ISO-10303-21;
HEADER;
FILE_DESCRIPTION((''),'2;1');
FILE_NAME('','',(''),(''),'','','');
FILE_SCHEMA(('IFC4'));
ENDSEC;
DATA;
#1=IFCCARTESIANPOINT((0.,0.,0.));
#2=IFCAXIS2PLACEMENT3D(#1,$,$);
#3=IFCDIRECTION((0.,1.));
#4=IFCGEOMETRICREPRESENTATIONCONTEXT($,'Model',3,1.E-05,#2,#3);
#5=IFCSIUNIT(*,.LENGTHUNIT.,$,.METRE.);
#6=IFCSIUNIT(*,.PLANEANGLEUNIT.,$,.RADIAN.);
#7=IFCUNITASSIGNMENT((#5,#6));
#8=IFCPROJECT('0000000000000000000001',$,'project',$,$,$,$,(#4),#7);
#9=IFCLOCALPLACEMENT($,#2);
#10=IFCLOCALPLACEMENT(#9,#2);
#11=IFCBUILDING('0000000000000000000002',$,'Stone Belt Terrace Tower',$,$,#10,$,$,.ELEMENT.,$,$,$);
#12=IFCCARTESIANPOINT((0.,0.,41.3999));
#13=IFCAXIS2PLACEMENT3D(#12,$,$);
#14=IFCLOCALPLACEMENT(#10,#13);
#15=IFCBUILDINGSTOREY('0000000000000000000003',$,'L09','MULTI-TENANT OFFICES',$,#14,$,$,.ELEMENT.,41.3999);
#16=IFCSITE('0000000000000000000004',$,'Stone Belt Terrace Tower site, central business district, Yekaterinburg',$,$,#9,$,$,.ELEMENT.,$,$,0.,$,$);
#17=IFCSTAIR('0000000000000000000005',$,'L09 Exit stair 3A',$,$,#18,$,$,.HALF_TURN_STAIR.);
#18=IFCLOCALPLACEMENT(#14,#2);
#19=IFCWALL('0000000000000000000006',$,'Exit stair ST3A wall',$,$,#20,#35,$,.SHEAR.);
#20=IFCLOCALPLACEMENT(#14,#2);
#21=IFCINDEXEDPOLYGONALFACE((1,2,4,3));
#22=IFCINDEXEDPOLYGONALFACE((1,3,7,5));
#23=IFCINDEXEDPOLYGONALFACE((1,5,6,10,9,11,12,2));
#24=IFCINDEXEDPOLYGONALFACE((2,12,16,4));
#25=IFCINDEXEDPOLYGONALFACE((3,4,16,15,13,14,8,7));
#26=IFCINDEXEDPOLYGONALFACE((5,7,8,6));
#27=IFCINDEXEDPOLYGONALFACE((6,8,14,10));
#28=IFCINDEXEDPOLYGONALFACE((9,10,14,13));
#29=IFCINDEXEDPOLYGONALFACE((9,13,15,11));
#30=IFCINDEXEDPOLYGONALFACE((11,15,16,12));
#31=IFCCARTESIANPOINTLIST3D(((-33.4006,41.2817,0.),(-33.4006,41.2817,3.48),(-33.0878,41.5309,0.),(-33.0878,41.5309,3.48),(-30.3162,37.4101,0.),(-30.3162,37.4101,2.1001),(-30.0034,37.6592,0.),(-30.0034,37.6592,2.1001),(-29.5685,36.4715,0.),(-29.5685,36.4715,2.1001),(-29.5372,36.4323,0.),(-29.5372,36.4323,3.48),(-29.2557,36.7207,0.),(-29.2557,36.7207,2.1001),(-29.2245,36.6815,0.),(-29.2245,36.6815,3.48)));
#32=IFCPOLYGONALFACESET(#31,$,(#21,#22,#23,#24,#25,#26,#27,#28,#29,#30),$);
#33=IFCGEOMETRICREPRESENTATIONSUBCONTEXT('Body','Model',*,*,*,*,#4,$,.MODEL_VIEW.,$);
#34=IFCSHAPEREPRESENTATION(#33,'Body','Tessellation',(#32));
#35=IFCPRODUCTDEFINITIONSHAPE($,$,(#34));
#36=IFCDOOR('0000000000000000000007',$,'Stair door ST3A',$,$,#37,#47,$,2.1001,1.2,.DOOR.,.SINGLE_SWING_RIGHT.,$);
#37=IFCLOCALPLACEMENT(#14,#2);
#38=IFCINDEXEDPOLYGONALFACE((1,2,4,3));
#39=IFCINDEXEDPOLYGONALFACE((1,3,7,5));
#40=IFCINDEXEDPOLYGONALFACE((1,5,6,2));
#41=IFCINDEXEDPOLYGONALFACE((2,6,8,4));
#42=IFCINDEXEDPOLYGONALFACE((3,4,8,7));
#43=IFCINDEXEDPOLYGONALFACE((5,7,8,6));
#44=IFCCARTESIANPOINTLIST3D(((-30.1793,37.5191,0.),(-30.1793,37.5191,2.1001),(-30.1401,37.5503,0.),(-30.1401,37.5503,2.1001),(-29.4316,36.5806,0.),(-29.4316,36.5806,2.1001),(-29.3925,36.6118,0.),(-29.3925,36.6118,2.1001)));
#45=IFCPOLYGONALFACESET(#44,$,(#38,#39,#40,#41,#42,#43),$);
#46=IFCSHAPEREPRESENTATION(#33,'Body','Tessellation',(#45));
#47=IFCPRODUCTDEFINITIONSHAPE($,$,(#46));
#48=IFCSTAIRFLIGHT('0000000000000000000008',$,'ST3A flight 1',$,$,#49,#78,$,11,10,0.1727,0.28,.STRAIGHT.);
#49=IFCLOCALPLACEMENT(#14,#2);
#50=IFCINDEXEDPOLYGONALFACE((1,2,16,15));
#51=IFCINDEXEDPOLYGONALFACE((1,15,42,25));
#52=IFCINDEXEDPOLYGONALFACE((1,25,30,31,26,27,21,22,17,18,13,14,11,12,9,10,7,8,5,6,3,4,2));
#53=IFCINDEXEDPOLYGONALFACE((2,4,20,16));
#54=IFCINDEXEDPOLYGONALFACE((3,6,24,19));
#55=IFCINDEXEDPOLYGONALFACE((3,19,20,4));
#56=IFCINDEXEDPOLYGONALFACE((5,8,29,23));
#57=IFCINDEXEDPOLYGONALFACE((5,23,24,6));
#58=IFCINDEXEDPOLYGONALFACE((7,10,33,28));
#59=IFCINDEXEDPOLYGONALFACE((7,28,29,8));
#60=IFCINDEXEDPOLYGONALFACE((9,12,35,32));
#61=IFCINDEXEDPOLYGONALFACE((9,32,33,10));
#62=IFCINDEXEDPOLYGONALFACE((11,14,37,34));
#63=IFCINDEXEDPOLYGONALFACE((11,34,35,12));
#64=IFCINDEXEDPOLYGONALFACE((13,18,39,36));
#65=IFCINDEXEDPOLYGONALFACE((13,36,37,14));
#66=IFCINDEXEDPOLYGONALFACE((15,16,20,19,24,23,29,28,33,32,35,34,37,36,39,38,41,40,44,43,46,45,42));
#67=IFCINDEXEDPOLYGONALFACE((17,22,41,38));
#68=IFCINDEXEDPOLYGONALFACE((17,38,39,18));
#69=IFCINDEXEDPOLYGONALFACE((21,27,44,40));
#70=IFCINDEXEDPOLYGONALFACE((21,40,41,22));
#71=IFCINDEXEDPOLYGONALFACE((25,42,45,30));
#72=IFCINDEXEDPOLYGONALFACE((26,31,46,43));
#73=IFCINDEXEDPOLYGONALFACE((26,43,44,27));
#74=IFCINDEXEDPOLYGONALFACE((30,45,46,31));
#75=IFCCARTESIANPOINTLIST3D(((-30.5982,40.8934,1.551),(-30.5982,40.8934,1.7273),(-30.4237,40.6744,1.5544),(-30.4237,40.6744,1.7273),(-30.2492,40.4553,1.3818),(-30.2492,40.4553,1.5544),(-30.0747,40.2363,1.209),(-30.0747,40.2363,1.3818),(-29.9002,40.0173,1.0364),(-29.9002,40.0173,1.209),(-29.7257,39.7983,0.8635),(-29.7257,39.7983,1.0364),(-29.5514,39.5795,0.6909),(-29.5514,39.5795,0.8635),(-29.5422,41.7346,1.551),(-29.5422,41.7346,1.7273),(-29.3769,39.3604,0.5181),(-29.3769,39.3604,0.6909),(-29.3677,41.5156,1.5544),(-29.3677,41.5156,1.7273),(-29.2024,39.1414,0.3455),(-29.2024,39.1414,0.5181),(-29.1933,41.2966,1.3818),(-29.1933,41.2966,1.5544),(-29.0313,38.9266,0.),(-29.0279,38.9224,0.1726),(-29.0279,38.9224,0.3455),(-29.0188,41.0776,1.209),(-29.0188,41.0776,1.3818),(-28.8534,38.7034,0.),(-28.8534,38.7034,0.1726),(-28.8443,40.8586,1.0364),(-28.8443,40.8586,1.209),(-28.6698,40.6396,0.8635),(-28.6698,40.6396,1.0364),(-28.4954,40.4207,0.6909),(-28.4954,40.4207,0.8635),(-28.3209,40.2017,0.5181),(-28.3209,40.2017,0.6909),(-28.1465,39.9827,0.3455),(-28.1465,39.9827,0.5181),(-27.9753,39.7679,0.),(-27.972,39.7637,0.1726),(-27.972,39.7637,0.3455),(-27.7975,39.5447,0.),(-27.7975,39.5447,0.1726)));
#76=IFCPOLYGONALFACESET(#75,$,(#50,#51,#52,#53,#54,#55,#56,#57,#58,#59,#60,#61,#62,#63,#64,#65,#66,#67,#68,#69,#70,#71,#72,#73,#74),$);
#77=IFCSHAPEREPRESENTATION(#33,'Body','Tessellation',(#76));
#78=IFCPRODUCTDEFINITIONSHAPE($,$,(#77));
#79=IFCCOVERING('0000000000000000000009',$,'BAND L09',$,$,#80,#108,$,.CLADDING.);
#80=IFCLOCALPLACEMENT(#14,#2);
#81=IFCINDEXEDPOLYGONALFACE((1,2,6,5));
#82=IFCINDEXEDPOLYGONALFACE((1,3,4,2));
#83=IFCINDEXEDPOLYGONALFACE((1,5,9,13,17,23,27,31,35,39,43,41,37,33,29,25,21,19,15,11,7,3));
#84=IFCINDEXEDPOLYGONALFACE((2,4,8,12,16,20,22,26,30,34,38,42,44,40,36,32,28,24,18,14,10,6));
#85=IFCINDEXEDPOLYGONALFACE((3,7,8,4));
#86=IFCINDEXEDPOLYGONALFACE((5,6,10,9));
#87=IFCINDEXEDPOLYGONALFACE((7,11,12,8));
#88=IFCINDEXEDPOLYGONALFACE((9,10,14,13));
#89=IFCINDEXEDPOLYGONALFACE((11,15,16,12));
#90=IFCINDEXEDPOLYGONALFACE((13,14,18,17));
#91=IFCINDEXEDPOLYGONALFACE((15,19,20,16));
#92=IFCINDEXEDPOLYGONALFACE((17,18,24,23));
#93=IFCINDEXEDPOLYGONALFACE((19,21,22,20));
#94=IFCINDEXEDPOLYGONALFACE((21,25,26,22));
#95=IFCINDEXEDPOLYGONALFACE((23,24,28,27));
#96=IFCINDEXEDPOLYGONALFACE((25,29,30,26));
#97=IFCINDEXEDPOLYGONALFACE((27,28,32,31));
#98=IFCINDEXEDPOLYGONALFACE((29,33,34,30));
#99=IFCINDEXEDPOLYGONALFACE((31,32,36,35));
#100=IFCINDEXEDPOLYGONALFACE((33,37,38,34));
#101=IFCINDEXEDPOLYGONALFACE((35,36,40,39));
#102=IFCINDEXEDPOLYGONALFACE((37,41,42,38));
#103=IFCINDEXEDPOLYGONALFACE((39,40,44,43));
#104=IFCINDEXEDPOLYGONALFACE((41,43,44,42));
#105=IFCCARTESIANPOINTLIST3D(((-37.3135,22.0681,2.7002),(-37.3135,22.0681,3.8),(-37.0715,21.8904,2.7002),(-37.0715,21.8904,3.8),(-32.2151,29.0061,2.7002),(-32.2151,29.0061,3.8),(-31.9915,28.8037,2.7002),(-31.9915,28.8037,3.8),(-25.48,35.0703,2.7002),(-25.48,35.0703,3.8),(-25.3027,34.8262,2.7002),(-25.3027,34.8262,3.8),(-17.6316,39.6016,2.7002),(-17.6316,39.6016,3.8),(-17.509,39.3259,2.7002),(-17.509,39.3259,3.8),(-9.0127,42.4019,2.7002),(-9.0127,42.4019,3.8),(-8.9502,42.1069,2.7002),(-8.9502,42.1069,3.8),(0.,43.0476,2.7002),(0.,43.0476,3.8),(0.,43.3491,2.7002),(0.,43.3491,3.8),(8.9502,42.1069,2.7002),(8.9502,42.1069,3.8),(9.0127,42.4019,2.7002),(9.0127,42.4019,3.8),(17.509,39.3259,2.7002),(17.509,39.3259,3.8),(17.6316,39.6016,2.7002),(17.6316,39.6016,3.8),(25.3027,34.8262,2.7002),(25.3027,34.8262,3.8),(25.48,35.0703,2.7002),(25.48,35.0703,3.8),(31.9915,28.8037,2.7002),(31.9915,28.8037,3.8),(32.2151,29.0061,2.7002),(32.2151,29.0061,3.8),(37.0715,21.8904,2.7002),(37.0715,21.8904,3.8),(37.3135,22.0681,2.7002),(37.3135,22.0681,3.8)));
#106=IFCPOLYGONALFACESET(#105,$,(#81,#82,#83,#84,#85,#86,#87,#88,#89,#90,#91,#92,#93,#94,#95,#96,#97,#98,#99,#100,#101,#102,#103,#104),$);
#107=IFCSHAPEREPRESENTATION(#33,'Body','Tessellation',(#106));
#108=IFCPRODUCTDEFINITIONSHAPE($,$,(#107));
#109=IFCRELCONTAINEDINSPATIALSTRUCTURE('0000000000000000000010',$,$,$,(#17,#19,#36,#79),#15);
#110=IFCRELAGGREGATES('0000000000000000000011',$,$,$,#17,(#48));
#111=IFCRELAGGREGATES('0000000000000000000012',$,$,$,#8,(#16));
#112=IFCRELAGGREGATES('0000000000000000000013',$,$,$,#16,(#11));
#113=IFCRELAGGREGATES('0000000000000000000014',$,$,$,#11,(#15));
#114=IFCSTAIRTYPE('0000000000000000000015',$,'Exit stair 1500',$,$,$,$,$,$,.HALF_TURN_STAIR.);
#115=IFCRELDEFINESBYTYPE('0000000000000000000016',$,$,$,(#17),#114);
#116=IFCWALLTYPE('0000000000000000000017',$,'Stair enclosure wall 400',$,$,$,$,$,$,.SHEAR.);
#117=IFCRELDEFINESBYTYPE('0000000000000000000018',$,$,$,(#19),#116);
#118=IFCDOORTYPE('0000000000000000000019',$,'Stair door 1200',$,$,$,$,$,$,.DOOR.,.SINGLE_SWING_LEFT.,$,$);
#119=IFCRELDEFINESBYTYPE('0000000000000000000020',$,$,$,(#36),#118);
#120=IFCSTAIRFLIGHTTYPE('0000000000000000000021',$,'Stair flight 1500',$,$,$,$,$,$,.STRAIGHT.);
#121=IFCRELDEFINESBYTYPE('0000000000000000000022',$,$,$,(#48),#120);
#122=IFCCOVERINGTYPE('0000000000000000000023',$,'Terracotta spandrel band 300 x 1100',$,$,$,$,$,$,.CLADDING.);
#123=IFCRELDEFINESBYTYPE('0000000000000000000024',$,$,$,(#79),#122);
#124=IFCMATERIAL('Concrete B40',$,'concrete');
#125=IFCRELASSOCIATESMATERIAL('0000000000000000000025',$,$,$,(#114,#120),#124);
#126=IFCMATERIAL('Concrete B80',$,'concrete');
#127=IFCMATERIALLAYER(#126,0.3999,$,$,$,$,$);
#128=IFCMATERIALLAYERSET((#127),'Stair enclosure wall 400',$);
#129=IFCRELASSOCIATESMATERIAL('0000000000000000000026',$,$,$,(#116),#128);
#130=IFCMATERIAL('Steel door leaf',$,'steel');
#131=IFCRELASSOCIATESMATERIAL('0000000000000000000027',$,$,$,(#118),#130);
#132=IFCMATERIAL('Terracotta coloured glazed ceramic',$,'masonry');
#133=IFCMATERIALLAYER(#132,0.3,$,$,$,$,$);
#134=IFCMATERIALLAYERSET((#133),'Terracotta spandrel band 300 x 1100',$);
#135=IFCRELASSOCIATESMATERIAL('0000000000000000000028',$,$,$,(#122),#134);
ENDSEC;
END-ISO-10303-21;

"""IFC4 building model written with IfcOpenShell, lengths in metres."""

from ifc_helpers import new_model, si_unit, direction, frame, frame_2d, origin, place, context, subcontext, project, spatial, polyline, rectangle, outline, extrude, material, layer, layer_set, type_object, element, fill, aggregate, save


model = new_model("IFC4")

# Units and contexts
model_context = context("Model", 3, precision=1e-05, world=origin(), true_north=direction((0.0, 1.0)))
body_context = subcontext(model_context, "Body", "Model", "MODEL_VIEW")
ifc_project = project(units=[si_unit("LENGTHUNIT", "METRE"), si_unit("PLANEANGLEUNIT", "RADIAN")], contexts=[model_context])

# Site, building, storey
site_placement = place(None, origin())
site = spatial("IfcSite", under=ifc_project, at=site_placement, Name="Stone Belt Terrace Tower site, central business district, Yekaterinburg", CompositionType="ELEMENT", RefElevation=0.0)
building_placement = place(site_placement, origin())
building = spatial("IfcBuilding", under=site, at=building_placement, Name="Stone Belt Terrace Tower", CompositionType="ELEMENT")
storey_placement = place(building_placement, frame((0.0, 0.0, 41.3999)))
storey = spatial("IfcBuildingStorey", under=building, at=storey_placement, Name="L09", Description="MULTI-TENANT OFFICES", CompositionType="ELEMENT", Elevation=41.3999)

# Shared definitions
ifc_material_1 = material(Name="Concrete B80", Category="concrete")

# Shared definitions
ifc_material_2 = material(Name="Concrete B40", Category="concrete")

# Stair
stair_type = type_object("IfcStairType", Name="Exit stair 1500", PredefinedType="HALF_TURN_STAIR", material=ifc_material_2)
stair_1_placement = place(storey_placement, origin())
stair_1 = element("IfcStair", 1, at=stair_1_placement, inside=storey, type_object=stair_type, Name="L09 Exit stair 3A", PredefinedType="HALF_TURN_STAIR")

# Shared definitions
ifc_layer_1 = layer(ifc_material_1, 0.3999)
ifc_layer_set_1 = layer_set([ifc_layer_1], Name="Stair enclosure wall 400")
wall_type_1 = type_object("IfcWallType", Name="Stair enclosure wall 400", PredefinedType="SHEAR", material=ifc_layer_set_1)

# Shared definitions
ifc_material_3 = material(Name="Steel door leaf", Category="steel")

# Wall, opening, door
wall_1_placement = place(storey_placement, frame((-29.3809, 36.5569, 0.0), z_axis=(0.0, 0.0, 1.0), x_axis=(-0.623099, 0.782143, 0.0)))
wall_1 = element("IfcWall", 2, at=wall_1_placement, inside=storey, type_object=wall_type_1, Name="Exit stair ST3A wall", PredefinedType="SHEAR", context=body_context, shape_type="SweptSolid", body=[
    extrude(rectangle(XDim=6.2002, YDim=0.3999, at=frame_2d((3.1001, 0.0))), origin(), (0.0, 0.0, 1.0), 3.48),
])
opening_1_placement = place(wall_1_placement, frame((0.05, 0.0, 0.0)))
opening_1 = element("IfcOpeningElement", 3, at=opening_1_placement, cuts=wall_1, PredefinedType="OPENING", context=body_context, shape_type="SweptSolid", body=[
    extrude(rectangle(XDim=1.2, YDim=2.1001, at=frame_2d((0.6001, 1.05))), frame((0.0, 0.21, 0.0), z_axis=(0.0, -1.0, 0.0), x_axis=(1.0, 0.0, 0.0)), (0.0, 0.0, 1.0), 0.4199),
])
door_type_1 = type_object("IfcDoorType", Name="Stair door 1200", OperationType="SINGLE_SWING_LEFT", PredefinedType="DOOR", material=ifc_material_3)
door_1_placement = place(opening_1_placement, origin())
door_1 = element("IfcDoor", 4, at=door_1_placement, inside=storey, type_object=door_type_1, Name="Stair door ST3A", OperationType="SINGLE_SWING_RIGHT", OverallHeight=2.1001, OverallWidth=1.2, PredefinedType="DOOR", context=body_context, shape_type="SweptSolid", body=[
    extrude(rectangle(XDim=1.2, YDim=2.1001, at=frame_2d((0.6001, 1.05))), frame((0.0, 0.0249, 0.0), z_axis=(0.0, -1.0, 0.0), x_axis=(1.0, 0.0, 0.0)), (0.0, 0.0, 1.0), 0.05),
])
fill(opening_1, door_1)

# Stair flight
stair_flight_type = type_object("IfcStairFlightType", Name="Stair flight 1500", PredefinedType="STRAIGHT", material=ifc_material_2)
stair_flight_placement = place(storey_placement, frame((-28.3254, 39.124, 0.0), z_axis=(0.0, 0.0, 1.0), x_axis=(-0.623121, 0.782125, 0.0)))
stair_flight = element("IfcStairFlight", 5, at=stair_flight_placement, type_object=stair_flight_type, Name="ST3A flight 1", NumberOfRisers=11, NumberOfTreads=10, PredefinedType="STRAIGHT", RiserHeight=0.1727, TreadLength=0.28, context=body_context, shape_type="SweptSolid", body=[
    extrude(outline(polyline([(0.0, 0.0), (0.0, 0.1726), (0.28, 0.1726), (0.28, 0.3455), (0.5601, 0.3455), (0.5601, 0.5181), (0.8401, 0.5181), (0.8401, 0.6909), (1.1201, 0.6909), (1.1201, 0.8635), (1.3999, 0.8635), (1.3999, 1.0364), (1.6799, 1.0364), (1.6799, 1.209), (1.96, 1.209), (1.96, 1.3818), (2.24, 1.3818), (2.24, 1.5544), (2.52, 1.5544), (2.52, 1.7273), (2.8, 1.7273), (2.8, 1.8999), (2.8, 1.551), (0.2854, 0.0), (0.0, 0.0)])), frame((0.0, 0.675, 0.0), z_axis=(0.0, -1.0, 0.0), x_axis=(1.0, 0.0, 0.0)), (0.0, 0.0, 1.0), 1.3501),
])
aggregate(stair_1, [stair_flight])

# Covering
ifc_material_4 = material(Name="Terracotta coloured glazed ceramic", Category="masonry")
ifc_layer_2 = layer(ifc_material_4, 0.3)
ifc_layer_set_2 = layer_set([ifc_layer_2], Name="Terracotta spandrel band 300 x 1100")
covering_type = type_object("IfcCoveringType", Name="Terracotta spandrel band 300 x 1100", PredefinedType="CLADDING", material=ifc_layer_set_2)
covering_placement = place(storey_placement, frame((0.0, 0.0, 2.7002)))
element("IfcCovering", 6, at=covering_placement, inside=storey, type_object=covering_type, Name="BAND L09", PredefinedType="CLADDING", context=body_context, shape_type="SweptSolid", body=[
    extrude(outline(polyline([(-37.3135, 22.0681), (-32.2151, 29.0061), (-25.48, 35.0703), (-17.6316, 39.6016), (-9.0127, 42.4019), (0.0, 43.3491), (9.0127, 42.4019), (17.6316, 39.6016), (25.48, 35.0703), (32.2151, 29.0061), (37.3135, 22.0681), (37.0715, 21.8904), (31.9915, 28.8037), (25.3027, 34.8262), (17.509, 39.3259), (8.9502, 42.1069), (0.0, 43.0476), (-8.9502, 42.1069), (-17.509, 39.3259), (-25.3027, 34.8262), (-31.9915, 28.8037), (-37.0715, 21.8904), (-37.3135, 22.0681)])), origin(), (0.0, 0.0, 1.0), 1.0999),
])

save(model, "model.ifc")
